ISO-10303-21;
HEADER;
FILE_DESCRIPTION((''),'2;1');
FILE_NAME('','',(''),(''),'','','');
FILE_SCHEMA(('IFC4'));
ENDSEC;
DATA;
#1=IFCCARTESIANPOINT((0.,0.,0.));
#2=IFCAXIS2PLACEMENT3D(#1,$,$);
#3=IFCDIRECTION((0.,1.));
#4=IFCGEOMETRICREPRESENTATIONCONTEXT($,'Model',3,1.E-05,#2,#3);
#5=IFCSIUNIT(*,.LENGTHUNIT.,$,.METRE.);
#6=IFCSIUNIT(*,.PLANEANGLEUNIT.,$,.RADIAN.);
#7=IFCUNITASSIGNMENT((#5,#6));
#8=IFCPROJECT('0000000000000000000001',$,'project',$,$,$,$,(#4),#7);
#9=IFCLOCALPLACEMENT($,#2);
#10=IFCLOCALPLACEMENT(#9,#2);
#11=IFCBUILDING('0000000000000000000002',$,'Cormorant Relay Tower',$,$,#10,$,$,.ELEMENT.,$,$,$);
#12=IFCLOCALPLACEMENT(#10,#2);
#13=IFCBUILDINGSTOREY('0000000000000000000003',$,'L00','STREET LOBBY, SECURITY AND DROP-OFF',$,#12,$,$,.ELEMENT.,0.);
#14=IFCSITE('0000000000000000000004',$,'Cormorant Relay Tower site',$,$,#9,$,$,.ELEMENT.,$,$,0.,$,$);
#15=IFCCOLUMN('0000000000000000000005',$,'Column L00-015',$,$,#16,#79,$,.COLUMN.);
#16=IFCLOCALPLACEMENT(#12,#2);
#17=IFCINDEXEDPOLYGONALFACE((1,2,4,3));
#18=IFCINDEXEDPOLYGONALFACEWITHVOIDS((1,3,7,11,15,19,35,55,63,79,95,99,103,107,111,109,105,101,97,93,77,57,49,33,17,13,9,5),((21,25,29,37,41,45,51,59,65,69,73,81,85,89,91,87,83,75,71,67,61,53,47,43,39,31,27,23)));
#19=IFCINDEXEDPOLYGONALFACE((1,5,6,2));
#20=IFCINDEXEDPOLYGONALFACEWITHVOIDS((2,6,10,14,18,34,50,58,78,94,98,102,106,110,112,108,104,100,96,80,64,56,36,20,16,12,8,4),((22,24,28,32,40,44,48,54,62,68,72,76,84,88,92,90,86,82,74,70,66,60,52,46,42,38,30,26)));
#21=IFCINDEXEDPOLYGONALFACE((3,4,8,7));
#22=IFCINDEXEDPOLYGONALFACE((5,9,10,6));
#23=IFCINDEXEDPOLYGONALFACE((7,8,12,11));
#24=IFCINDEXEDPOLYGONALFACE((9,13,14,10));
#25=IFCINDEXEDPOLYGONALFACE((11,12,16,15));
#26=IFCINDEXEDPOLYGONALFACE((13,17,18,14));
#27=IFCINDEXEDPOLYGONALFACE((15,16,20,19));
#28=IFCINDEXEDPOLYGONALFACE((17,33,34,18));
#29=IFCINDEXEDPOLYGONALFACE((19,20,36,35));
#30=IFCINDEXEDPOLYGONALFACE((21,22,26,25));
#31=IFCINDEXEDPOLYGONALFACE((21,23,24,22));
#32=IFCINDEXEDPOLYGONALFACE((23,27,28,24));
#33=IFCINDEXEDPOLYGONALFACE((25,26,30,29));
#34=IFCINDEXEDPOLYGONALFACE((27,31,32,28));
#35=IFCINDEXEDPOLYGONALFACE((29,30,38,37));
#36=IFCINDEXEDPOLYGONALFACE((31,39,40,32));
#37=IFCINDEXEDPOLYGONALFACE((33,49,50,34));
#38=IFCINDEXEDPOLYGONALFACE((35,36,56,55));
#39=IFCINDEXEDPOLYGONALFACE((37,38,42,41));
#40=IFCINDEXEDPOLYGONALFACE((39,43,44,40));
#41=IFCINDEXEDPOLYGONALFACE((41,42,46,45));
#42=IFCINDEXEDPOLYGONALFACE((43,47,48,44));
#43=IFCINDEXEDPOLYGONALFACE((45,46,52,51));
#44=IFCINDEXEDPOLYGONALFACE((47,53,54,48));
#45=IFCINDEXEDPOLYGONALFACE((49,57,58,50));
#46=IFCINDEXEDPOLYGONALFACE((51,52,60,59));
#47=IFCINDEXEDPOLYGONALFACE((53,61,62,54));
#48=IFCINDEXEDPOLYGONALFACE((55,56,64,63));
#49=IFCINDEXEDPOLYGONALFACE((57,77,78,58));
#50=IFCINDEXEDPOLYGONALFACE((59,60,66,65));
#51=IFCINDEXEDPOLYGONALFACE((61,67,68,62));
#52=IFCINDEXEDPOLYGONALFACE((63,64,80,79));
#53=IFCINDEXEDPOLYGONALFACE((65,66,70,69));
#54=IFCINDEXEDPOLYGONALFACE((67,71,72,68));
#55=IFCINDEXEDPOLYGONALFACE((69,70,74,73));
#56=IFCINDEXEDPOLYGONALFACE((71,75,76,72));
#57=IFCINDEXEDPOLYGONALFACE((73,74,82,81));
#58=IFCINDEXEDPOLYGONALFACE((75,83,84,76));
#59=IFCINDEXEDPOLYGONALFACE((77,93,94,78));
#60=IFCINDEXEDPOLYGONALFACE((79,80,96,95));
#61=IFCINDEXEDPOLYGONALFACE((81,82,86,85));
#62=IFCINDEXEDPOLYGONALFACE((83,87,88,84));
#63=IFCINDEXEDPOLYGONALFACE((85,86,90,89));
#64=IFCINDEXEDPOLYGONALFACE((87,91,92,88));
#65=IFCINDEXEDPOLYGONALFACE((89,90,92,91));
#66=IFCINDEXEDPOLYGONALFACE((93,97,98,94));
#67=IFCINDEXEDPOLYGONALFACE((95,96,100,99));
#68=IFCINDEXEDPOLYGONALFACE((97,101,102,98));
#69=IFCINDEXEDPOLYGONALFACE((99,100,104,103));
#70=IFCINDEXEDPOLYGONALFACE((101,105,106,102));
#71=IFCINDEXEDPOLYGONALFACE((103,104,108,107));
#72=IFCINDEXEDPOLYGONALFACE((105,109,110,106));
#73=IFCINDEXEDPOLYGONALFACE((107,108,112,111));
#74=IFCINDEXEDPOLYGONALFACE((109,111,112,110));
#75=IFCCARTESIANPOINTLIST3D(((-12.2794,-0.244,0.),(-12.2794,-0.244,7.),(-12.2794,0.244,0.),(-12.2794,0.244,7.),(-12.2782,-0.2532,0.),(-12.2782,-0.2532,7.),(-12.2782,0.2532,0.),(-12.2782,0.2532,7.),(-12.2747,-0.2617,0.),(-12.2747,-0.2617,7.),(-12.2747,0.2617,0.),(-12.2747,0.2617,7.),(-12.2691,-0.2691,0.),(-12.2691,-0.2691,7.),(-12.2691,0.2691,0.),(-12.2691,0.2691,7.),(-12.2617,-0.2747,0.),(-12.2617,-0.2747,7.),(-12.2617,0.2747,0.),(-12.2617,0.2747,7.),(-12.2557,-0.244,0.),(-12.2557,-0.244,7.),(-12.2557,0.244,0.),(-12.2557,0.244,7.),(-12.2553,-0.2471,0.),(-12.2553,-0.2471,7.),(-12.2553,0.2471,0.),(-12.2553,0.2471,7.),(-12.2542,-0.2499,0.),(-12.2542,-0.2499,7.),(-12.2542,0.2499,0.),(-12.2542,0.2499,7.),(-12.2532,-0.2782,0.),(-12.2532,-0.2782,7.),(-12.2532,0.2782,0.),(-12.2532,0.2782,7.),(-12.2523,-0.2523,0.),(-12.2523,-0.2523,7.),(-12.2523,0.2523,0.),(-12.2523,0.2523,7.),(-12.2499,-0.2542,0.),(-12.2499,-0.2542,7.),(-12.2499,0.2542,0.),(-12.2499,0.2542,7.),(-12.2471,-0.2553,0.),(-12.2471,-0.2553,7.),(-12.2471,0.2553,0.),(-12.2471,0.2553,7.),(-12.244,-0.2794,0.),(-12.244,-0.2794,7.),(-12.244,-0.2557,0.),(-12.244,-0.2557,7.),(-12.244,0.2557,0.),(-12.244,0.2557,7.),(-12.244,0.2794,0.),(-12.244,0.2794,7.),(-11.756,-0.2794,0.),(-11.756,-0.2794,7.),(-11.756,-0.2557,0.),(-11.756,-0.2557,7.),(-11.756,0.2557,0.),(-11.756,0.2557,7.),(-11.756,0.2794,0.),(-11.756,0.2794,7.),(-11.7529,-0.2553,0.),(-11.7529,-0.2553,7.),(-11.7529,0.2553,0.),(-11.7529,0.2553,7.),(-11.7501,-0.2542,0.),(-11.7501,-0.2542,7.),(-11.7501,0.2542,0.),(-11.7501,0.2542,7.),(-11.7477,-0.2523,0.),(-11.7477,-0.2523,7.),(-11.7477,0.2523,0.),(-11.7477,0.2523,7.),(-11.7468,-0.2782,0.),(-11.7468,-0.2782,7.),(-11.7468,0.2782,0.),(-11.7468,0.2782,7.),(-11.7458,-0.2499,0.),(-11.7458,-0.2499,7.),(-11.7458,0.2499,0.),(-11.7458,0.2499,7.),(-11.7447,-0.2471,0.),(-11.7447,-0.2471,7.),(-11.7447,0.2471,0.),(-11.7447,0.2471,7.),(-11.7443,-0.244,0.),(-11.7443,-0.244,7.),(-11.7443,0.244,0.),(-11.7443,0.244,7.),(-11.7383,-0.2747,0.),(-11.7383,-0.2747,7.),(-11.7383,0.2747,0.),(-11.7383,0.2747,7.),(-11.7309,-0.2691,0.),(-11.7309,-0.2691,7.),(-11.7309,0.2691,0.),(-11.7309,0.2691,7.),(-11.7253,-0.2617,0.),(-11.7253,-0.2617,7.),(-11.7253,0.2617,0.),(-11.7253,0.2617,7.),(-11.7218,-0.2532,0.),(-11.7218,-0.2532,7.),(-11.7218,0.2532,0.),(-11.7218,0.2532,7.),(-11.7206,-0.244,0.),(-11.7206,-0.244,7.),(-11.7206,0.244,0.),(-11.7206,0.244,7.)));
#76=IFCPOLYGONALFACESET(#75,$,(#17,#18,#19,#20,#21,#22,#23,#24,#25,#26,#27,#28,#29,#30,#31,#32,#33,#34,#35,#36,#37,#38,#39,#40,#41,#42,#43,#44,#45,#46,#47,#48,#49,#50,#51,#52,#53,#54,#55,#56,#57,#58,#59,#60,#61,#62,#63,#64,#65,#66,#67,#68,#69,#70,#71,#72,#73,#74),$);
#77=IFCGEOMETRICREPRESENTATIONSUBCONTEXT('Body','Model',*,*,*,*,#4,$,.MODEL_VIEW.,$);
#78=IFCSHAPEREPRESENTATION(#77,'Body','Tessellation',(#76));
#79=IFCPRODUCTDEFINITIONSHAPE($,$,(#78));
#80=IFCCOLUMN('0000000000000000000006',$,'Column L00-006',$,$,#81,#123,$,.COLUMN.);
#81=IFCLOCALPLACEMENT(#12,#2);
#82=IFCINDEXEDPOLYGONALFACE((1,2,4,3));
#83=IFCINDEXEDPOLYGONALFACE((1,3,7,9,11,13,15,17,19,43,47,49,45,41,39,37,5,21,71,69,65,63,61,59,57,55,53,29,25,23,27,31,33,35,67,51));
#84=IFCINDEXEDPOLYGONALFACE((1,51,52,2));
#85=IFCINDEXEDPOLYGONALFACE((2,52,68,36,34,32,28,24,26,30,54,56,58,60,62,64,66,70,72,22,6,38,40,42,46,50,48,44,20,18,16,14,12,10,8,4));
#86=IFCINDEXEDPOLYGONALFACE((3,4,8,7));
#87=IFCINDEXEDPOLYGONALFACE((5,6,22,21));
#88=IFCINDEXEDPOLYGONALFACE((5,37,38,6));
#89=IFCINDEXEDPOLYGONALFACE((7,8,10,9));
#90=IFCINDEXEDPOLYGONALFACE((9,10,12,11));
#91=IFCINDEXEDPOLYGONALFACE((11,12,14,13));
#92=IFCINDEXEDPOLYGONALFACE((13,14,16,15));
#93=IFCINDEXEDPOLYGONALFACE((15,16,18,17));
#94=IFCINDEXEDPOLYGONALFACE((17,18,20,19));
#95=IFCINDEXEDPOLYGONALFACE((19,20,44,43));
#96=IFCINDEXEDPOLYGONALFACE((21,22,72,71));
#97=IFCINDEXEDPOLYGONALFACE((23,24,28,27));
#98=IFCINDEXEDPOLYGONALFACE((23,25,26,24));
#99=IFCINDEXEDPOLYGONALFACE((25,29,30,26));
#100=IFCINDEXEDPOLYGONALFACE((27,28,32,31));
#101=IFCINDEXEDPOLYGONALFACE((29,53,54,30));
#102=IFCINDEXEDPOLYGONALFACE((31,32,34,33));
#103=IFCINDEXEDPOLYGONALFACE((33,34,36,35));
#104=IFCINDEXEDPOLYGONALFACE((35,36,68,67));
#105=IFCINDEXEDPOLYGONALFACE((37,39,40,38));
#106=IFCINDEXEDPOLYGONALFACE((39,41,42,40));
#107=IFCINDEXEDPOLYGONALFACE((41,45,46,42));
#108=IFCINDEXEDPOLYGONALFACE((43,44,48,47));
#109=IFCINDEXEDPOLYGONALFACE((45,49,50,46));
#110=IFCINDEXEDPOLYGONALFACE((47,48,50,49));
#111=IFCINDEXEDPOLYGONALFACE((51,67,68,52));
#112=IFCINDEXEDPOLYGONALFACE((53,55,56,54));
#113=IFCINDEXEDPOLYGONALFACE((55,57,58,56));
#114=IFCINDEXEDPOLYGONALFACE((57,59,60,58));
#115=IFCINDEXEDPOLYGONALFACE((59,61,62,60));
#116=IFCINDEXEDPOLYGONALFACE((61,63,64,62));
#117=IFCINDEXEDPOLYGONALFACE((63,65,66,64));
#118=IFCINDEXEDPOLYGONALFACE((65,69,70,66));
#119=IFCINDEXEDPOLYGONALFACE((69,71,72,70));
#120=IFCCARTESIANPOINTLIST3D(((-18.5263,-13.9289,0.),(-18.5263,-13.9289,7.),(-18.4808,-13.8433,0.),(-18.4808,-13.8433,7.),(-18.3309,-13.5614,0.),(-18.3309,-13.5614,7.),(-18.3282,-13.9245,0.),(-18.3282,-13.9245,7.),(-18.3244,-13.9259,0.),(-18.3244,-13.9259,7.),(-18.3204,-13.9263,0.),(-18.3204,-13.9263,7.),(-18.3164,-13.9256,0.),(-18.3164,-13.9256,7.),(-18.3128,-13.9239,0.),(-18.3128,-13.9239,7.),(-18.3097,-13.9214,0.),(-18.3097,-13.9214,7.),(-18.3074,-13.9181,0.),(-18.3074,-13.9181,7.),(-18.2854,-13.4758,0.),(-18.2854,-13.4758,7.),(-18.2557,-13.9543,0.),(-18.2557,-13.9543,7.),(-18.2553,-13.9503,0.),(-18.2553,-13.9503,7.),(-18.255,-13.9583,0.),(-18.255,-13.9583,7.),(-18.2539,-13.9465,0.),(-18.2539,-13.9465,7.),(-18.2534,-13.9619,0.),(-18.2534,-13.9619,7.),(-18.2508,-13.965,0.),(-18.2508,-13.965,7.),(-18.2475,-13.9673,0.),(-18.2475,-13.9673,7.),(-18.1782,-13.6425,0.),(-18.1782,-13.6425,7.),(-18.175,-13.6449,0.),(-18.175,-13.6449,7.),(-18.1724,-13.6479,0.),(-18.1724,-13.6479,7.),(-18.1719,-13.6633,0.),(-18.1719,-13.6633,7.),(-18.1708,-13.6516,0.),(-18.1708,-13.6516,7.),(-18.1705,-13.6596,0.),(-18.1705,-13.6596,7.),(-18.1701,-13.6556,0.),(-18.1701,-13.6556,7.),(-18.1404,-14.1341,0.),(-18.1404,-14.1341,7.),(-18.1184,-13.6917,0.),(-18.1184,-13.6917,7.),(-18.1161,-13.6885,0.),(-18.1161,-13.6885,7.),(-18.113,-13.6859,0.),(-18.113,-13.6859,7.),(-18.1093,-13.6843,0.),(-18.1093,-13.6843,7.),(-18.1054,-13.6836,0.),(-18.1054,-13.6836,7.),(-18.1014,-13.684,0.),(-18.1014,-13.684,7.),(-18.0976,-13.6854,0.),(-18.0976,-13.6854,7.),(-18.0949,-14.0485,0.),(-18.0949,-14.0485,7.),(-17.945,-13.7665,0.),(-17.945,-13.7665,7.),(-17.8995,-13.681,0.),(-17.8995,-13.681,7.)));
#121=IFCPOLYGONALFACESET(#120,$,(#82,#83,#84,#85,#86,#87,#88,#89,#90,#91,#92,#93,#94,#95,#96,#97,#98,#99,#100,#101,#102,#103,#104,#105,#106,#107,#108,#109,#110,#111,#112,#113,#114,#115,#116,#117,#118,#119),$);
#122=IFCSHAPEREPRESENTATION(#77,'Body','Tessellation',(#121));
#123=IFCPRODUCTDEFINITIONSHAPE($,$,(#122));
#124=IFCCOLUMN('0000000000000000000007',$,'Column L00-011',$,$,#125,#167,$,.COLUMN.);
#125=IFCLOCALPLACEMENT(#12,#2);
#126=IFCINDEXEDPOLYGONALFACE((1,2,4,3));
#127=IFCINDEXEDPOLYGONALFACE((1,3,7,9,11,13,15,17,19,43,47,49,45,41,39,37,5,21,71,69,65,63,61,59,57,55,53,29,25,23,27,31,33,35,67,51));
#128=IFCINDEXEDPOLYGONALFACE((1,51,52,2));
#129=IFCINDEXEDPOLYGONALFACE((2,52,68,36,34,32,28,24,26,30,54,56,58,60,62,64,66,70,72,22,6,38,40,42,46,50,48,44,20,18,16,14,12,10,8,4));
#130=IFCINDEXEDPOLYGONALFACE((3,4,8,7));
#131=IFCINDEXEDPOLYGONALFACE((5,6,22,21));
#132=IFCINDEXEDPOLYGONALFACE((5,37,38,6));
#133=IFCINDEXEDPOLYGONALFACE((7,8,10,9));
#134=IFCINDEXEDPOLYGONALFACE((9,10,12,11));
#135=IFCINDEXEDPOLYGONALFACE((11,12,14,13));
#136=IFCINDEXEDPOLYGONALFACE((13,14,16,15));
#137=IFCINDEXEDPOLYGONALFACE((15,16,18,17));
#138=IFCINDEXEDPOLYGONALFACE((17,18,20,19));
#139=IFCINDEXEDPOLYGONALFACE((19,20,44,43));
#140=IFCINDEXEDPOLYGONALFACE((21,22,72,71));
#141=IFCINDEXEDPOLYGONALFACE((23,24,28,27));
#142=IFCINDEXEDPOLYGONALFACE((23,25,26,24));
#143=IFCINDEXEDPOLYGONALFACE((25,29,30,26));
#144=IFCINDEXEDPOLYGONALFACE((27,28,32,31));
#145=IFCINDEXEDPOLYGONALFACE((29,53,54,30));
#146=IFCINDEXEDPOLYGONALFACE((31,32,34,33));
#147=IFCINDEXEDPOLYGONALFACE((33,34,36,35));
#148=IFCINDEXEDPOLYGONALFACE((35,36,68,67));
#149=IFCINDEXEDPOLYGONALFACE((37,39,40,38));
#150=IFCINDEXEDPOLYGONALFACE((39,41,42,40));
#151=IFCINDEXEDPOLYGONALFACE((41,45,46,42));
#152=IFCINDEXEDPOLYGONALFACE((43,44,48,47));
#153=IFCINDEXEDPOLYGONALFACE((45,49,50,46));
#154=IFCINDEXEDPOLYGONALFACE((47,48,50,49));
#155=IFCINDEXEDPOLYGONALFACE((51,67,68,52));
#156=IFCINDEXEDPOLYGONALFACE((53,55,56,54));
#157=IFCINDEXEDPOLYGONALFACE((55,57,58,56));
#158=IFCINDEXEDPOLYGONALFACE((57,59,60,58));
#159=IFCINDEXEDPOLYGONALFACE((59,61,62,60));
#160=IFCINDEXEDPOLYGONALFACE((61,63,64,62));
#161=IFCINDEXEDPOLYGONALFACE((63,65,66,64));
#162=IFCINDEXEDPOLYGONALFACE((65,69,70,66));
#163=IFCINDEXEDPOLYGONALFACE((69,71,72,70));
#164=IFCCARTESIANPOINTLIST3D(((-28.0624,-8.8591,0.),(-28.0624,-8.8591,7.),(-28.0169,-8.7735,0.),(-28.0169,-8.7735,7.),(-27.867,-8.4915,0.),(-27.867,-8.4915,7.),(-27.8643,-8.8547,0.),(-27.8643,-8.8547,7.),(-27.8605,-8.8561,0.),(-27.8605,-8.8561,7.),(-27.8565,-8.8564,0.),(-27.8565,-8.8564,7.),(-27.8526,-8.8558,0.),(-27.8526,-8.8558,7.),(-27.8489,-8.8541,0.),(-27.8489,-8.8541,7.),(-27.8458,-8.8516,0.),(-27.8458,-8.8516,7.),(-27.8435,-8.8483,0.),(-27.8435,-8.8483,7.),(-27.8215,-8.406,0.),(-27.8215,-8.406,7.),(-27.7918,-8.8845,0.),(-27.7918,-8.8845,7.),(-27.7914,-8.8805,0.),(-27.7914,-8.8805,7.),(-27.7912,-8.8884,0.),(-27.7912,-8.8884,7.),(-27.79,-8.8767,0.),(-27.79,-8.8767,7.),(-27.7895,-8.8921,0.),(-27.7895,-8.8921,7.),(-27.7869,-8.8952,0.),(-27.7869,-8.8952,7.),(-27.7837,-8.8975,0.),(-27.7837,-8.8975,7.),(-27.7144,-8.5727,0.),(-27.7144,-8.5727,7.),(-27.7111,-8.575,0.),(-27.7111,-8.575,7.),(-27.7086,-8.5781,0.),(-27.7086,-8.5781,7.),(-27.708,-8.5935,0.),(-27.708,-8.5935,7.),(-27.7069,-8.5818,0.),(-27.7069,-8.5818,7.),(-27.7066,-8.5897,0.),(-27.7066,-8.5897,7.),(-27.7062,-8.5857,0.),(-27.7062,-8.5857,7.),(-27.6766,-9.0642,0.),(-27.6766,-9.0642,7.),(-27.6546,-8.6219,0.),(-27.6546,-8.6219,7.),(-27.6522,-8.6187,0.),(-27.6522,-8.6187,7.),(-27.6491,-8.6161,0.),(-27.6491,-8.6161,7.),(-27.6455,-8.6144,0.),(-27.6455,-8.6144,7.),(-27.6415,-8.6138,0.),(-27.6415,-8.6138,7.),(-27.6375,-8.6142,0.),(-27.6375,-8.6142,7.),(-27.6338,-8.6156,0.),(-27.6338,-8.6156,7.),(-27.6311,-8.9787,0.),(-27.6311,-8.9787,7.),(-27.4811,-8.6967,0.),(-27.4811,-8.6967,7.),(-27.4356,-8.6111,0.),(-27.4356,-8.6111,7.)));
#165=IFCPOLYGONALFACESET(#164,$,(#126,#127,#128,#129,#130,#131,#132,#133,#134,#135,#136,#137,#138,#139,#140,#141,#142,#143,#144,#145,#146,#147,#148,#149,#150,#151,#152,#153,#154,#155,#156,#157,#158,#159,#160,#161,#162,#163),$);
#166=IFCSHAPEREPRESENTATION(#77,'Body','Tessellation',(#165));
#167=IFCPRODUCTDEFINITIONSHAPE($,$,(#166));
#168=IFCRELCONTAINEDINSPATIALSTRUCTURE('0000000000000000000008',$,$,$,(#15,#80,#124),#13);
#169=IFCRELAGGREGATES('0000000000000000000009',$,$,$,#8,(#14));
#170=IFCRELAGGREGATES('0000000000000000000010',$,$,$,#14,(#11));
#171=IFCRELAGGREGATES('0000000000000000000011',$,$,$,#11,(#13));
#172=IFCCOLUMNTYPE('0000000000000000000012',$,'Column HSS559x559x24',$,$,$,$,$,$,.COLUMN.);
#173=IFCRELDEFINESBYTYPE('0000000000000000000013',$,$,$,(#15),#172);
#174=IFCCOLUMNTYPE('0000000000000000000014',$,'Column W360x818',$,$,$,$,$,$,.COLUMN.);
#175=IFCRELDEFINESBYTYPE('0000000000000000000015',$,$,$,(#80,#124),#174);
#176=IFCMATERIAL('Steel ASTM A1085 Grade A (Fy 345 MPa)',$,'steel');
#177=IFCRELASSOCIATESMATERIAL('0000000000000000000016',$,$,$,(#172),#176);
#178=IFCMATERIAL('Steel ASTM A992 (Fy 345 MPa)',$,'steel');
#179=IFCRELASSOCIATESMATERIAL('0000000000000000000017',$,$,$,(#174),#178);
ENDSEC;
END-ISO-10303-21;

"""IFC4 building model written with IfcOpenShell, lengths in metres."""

from ifc_helpers import new_model, si_unit, direction, frame, origin, origin_2d, place, context, subcontext, project, spatial, hollow_rectangle, i_section, extrude, material, material_profile, profile_set, type_object, element, save


model = new_model("IFC4")

# Units and contexts
model_context = context("Model", 3, precision=1e-05, world=origin(), true_north=direction((0.0, 1.0)))
body_context = subcontext(model_context, "Body", "Model", "MODEL_VIEW")
ifc_project = project(units=[si_unit("LENGTHUNIT", "METRE"), si_unit("PLANEANGLEUNIT", "RADIAN")], contexts=[model_context])

# Site, building, storey
site_placement = place(None, origin())
site = spatial("IfcSite", under=ifc_project, at=site_placement, Name="Cormorant Relay Tower site", CompositionType="ELEMENT", RefElevation=0.0)
building_placement = place(site_placement, origin())
building = spatial("IfcBuilding", under=site, at=building_placement, Name="Cormorant Relay Tower", CompositionType="ELEMENT")
storey_placement = place(building_placement, origin())
storey = spatial("IfcBuildingStorey", under=building, at=storey_placement, Name="L00", Description="STREET LOBBY, SECURITY AND DROP-OFF", CompositionType="ELEMENT", Elevation=0.0)

# Columns
ifc_material_1 = material(Name="Steel ASTM A1085 Grade A (Fy 345 MPa)", Category="steel")
ifc_material_profile_1 = material_profile(ifc_material_1, hollow_rectangle(XDim=0.5588, YDim=0.5588, WallThickness=0.0237, InnerFilletRadius=0.0117, OuterFilletRadius=0.0354, at=origin_2d()), Name="HSS559x559x24")
ifc_profile_set_1 = profile_set([ifc_material_profile_1], Name="Steel ASTM A1085 Grade A (Fy 345 MPa)")
column_type_1 = type_object("IfcColumnType", Name="Column HSS559x559x24", PredefinedType="COLUMN", material=ifc_profile_set_1)
for number, where, z_axis, x_axis, name in (
    (1, (-12.0, 0.0, 0.0), (0.0, 0.0, 1.0), (1.0, 0.0, 0.0), "Column L00-015"),
):
    element("IfcColumn", number, at=place(storey_placement, frame(where, z_axis=z_axis, x_axis=x_axis)), inside=storey, type_object=column_type_1, Name=name, PredefinedType="COLUMN", context=body_context, shape_type="SweptSolid", body=[
        extrude(hollow_rectangle(XDim=0.5588, YDim=0.5588, WallThickness=0.0237, InnerFilletRadius=0.0117, OuterFilletRadius=0.0354, at=origin_2d()), origin(), (0.0, 0.0, 1.0), 7.0),
    ])
ifc_material_2 = material(Name="Steel ASTM A992 (Fy 345 MPa)", Category="steel")
ifc_material_profile_2 = material_profile(ifc_material_2, i_section(OverallWidth=0.437, OverallDepth=0.5132, WebThickness=0.0605, FlangeThickness=0.0969, FilletRadius=0.0154, at=origin_2d()), Name="W360x818")
ifc_profile_set_2 = profile_set([ifc_material_profile_2], Name="Steel ASTM A992 (Fy 345 MPa)")
column_type_2 = type_object("IfcColumnType", Name="Column W360x818", PredefinedType="COLUMN", material=ifc_profile_set_2)
for number, where, z_axis, x_axis, name in (
    (2, (-18.2129, -13.8049, 0.0), (0.0, 0.0, 1.0), (0.882948, -0.469472, 0.0), "Column L00-006"),
    (3, (-27.749, -8.7351, 0.0), (0.0, 0.0, 1.0), (0.882948, -0.469472, 0.0), "Column L00-011"),
):
    element("IfcColumn", number, at=place(storey_placement, frame(where, z_axis=z_axis, x_axis=x_axis)), inside=storey, type_object=column_type_2, Name=name, PredefinedType="COLUMN", context=body_context, shape_type="SweptSolid", body=[
        extrude(i_section(OverallWidth=0.437, OverallDepth=0.5132, WebThickness=0.0605, FlangeThickness=0.0969, FilletRadius=0.0154, at=origin_2d()), origin(), (0.0, 0.0, 1.0), 7.0),
    ])

save(model, "model.ifc")
